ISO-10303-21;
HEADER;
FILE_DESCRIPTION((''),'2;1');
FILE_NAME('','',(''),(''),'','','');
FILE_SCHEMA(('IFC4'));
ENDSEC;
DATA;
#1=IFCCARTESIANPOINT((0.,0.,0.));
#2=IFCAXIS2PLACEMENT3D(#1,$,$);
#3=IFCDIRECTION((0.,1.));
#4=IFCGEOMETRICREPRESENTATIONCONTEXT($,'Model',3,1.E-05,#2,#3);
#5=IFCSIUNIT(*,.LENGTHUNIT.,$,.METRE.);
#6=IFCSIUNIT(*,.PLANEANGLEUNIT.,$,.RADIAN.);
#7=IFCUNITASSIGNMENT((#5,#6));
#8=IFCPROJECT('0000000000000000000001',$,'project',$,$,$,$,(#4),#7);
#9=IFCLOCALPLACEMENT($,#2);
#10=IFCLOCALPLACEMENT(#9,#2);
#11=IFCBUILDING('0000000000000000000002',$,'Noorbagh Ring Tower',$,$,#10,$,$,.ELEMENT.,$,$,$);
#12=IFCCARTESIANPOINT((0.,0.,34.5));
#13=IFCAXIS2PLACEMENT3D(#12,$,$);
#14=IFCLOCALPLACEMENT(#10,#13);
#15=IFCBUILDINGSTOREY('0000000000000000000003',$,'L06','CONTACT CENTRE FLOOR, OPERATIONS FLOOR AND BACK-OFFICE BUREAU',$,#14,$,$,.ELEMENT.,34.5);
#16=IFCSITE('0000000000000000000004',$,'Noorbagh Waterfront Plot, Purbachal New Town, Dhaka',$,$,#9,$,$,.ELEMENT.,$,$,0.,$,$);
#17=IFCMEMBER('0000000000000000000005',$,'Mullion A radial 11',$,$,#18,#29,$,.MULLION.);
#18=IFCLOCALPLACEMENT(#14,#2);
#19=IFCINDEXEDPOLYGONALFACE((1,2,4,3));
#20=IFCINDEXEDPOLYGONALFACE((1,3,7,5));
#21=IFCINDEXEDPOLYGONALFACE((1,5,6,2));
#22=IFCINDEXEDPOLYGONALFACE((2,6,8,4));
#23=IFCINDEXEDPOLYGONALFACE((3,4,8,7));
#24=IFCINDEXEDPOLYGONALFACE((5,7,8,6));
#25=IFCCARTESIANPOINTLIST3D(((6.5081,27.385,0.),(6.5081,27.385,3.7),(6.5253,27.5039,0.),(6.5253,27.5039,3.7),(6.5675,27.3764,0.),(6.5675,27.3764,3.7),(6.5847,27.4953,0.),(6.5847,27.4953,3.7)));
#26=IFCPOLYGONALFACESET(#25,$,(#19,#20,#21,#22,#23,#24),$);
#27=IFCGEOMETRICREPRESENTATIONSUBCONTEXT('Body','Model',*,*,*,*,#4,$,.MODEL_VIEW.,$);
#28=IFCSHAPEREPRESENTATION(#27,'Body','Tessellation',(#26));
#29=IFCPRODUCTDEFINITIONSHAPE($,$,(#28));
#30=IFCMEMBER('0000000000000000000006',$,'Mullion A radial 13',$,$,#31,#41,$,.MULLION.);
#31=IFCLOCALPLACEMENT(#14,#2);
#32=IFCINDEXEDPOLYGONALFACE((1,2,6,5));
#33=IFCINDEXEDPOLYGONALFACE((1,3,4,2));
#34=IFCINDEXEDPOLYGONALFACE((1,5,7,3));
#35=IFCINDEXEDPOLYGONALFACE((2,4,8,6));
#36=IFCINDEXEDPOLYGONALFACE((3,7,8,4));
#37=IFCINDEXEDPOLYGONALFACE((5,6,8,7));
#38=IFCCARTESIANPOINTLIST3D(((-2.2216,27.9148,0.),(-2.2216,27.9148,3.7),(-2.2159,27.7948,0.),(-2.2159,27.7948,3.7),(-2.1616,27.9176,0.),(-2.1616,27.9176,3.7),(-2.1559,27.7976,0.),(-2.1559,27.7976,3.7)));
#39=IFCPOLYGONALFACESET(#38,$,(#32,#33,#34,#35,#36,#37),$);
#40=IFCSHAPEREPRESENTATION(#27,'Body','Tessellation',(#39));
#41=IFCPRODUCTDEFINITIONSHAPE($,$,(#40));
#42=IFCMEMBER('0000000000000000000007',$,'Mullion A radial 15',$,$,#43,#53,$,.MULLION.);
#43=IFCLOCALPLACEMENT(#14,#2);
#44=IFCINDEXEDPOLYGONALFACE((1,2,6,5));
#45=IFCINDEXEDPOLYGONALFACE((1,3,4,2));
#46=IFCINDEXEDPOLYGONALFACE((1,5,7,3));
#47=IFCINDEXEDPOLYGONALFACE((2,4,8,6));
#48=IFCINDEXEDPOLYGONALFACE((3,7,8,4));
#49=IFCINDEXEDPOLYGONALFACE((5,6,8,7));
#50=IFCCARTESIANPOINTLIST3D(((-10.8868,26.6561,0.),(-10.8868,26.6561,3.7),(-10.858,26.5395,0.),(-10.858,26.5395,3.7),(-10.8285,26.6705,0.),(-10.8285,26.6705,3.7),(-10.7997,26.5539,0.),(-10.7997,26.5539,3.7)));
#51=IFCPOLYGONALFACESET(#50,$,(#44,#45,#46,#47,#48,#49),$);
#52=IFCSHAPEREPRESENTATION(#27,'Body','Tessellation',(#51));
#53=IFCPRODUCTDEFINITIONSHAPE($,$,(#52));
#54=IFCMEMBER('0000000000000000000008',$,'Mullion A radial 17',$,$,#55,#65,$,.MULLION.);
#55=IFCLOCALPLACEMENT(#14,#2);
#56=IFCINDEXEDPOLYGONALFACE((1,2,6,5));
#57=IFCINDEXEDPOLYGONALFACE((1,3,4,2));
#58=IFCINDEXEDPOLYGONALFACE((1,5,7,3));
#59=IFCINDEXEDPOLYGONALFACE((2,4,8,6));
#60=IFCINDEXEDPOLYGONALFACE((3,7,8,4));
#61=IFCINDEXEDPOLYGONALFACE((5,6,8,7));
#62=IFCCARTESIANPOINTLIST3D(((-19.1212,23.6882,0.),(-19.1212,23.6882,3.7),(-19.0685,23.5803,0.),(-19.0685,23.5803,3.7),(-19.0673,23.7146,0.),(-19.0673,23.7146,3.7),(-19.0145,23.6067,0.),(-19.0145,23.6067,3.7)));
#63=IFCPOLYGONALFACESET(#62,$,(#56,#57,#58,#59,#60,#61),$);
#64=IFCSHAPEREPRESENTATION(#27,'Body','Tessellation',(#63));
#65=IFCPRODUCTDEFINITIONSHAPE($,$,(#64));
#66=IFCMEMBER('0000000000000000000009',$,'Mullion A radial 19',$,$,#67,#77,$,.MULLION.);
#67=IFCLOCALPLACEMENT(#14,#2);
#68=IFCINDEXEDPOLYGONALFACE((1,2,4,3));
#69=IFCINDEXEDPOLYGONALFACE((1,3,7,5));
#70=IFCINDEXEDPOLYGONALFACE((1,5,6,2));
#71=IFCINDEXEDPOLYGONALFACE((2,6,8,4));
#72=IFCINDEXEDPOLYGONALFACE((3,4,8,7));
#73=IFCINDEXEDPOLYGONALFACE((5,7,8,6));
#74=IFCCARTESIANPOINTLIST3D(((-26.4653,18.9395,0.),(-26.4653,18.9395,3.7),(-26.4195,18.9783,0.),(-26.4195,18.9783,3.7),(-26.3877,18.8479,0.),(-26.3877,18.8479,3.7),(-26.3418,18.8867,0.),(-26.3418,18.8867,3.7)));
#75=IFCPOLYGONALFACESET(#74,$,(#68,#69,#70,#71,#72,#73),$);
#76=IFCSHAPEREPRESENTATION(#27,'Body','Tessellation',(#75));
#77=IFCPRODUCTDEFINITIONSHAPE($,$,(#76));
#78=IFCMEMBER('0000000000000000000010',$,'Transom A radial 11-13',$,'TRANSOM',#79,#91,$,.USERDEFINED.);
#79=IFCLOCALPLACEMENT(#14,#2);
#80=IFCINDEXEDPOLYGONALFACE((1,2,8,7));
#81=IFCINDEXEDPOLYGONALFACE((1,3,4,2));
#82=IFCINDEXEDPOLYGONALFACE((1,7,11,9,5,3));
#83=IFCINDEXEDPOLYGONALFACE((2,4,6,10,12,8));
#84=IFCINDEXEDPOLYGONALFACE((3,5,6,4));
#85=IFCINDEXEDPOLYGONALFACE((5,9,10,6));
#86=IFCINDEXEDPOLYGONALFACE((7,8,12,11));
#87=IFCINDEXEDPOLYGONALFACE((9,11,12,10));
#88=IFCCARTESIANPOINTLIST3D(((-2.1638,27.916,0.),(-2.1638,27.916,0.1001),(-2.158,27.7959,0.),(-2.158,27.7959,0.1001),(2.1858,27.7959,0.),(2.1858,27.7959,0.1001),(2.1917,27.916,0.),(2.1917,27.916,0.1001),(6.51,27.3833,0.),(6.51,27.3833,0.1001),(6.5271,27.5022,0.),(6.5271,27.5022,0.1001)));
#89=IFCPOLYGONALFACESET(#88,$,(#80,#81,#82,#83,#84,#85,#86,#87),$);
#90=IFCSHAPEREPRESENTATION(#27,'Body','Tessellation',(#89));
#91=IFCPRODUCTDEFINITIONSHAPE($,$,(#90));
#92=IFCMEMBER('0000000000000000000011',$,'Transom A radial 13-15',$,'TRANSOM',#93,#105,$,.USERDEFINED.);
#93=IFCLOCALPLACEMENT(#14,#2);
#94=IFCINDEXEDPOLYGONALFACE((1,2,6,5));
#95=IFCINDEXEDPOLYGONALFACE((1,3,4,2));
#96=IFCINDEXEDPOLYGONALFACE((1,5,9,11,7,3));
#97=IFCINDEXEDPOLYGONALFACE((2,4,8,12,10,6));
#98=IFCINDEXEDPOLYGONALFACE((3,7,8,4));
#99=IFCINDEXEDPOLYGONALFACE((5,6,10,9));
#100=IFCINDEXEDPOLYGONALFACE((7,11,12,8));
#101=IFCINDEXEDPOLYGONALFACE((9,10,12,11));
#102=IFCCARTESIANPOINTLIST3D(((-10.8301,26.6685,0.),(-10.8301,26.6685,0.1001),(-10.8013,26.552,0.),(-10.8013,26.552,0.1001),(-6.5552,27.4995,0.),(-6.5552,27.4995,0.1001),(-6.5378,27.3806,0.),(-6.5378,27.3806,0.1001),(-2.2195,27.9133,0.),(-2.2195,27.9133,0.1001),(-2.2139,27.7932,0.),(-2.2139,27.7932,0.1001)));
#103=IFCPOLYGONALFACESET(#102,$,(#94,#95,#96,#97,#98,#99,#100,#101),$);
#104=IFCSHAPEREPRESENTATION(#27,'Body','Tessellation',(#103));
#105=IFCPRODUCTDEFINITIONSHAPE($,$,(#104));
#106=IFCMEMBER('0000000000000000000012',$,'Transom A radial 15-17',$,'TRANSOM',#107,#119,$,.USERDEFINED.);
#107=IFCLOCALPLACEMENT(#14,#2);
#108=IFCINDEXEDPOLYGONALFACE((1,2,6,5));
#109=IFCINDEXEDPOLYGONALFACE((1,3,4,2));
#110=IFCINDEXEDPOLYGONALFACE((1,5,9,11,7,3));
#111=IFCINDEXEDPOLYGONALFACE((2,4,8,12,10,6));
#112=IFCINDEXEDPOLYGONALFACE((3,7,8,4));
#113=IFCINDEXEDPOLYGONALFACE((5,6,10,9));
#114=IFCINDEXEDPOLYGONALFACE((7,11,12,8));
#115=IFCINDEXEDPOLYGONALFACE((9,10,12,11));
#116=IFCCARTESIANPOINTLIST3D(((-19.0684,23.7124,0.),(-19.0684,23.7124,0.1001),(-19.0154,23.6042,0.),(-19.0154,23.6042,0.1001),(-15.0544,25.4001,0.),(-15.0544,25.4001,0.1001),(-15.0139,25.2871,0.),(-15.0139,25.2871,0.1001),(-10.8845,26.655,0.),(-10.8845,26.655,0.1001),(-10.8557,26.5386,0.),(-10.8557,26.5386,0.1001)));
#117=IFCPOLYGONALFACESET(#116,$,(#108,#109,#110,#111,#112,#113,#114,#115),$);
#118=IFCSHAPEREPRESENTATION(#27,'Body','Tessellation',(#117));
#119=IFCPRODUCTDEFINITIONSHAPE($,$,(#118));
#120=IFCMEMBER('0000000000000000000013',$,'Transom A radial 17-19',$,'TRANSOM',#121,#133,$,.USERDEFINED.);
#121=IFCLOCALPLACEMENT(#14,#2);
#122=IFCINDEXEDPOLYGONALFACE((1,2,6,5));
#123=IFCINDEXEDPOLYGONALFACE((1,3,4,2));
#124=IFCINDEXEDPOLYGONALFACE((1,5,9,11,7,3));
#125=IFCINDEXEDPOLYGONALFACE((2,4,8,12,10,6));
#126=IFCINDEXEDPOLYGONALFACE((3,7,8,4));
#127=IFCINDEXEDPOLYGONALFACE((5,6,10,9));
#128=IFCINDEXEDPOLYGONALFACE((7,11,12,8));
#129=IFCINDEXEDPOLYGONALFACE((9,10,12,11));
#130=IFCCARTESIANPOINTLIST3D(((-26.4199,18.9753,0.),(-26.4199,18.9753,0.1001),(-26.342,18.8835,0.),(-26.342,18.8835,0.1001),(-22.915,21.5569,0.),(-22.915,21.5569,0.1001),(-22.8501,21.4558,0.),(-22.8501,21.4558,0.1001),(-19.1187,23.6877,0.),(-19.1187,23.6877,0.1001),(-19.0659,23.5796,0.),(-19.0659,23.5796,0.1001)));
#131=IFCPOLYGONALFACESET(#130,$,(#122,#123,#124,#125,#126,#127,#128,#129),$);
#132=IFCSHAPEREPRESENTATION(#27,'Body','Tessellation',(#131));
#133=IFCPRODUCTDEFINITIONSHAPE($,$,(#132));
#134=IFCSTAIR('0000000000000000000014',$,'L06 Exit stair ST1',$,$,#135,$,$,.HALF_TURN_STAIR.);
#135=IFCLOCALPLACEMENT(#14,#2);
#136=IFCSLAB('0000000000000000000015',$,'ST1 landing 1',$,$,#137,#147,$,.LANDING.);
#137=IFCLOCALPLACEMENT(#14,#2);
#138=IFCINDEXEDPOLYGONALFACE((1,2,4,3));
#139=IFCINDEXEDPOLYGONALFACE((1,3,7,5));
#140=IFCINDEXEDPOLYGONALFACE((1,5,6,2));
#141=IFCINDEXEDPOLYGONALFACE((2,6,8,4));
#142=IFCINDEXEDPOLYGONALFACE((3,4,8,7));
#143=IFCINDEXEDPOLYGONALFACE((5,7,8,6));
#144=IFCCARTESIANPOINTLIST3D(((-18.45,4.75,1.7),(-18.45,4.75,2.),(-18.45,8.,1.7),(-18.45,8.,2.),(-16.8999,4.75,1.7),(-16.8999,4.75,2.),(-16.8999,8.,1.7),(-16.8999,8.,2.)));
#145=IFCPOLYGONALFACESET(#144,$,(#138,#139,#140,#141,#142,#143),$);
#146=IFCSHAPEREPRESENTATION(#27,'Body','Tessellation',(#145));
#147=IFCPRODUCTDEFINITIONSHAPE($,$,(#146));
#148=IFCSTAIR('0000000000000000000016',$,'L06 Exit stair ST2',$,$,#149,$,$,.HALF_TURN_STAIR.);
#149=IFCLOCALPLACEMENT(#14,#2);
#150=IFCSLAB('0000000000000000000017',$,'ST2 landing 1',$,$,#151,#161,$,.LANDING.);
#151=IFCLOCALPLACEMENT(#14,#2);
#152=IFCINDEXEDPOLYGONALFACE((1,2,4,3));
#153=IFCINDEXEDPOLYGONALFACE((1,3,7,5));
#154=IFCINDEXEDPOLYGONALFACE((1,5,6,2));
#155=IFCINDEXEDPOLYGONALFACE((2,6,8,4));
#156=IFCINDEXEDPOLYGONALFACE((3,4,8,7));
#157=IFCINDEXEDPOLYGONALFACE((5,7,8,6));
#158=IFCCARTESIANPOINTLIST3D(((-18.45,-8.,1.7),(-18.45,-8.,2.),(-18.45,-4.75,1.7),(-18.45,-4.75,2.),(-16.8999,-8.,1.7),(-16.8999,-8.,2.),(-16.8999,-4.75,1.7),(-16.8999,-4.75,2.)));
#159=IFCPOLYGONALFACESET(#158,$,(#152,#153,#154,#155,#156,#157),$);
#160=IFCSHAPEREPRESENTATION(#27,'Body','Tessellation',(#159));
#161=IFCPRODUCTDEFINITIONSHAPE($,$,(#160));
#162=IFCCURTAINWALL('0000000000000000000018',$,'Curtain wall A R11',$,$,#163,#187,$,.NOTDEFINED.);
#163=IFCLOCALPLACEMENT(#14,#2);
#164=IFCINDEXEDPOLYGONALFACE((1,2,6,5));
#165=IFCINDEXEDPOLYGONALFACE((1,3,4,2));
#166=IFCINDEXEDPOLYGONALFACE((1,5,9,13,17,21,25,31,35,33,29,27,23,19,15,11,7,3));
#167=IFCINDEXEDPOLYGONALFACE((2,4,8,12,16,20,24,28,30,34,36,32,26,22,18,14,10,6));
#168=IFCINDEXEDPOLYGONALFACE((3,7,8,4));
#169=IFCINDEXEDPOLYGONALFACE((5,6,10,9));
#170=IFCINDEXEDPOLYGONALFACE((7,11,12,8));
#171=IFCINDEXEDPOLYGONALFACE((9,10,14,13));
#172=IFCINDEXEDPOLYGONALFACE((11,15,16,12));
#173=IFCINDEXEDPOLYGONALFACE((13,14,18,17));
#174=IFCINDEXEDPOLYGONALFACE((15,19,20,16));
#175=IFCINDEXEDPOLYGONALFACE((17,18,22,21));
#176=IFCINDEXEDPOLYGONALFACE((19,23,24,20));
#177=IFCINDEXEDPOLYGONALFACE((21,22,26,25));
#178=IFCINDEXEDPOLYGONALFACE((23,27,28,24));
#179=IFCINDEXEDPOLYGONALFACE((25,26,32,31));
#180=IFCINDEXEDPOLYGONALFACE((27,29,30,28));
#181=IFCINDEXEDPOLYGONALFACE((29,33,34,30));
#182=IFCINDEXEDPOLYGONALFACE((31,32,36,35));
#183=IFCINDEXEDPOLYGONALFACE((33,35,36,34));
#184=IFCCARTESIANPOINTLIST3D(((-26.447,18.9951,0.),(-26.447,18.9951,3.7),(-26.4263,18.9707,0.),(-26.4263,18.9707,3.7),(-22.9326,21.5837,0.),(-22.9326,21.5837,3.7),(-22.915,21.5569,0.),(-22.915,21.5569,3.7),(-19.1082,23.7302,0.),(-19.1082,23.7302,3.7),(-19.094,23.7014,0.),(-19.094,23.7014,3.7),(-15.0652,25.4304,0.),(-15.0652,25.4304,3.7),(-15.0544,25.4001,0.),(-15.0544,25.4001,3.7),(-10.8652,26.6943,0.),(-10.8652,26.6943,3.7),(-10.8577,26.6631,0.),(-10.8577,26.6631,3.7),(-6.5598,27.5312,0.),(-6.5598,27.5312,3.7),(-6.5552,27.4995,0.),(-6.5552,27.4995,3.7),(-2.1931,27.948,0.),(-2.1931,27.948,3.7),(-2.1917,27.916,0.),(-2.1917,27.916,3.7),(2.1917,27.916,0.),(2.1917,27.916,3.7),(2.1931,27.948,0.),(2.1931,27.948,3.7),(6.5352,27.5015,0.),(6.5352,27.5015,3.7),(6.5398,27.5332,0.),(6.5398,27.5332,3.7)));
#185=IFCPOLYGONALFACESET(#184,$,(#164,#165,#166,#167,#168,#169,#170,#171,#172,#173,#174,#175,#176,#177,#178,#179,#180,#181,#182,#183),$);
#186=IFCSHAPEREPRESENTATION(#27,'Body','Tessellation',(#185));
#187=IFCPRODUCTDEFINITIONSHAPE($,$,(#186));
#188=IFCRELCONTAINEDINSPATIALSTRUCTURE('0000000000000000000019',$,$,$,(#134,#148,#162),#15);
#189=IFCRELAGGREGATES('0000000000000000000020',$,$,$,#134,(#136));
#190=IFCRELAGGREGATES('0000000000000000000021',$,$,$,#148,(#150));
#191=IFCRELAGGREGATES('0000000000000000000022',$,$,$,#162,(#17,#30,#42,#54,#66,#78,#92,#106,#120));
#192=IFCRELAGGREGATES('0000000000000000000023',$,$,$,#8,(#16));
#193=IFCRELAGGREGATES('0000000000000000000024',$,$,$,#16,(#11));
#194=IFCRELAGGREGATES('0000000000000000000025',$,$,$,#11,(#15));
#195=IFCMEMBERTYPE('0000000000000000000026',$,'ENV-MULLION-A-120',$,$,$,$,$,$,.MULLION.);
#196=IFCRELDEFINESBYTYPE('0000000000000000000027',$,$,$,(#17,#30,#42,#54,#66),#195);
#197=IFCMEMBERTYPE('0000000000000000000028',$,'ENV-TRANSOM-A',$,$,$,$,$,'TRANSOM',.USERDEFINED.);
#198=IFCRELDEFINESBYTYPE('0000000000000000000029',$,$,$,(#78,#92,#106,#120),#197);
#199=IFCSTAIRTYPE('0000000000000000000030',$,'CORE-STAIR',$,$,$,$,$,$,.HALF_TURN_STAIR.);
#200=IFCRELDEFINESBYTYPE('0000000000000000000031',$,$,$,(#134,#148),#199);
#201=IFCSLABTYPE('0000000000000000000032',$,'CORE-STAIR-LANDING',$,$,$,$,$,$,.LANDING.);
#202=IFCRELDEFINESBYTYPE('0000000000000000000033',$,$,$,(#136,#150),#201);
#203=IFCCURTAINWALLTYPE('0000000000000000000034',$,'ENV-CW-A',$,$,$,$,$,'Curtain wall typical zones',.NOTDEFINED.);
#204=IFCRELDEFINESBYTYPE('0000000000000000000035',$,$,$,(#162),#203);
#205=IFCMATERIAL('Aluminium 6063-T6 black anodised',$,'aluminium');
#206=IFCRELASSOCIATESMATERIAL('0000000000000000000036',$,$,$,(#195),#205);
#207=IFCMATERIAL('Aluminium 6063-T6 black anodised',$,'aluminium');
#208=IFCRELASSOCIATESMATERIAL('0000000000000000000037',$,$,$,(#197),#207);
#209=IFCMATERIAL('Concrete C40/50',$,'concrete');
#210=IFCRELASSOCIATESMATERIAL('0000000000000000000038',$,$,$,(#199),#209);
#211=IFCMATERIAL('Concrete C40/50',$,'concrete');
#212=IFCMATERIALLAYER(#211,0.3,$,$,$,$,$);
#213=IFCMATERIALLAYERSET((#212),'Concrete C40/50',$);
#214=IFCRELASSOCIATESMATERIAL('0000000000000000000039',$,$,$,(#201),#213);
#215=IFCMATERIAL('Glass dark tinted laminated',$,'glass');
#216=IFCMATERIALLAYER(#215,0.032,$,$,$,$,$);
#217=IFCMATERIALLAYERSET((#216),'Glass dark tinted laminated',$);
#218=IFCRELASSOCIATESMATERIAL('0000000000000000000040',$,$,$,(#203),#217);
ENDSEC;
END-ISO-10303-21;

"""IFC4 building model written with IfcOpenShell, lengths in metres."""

from ifc_helpers import new_model, si_unit, direction, frame, origin, origin_2d, place, context, subcontext, project, spatial, polyline, rectangle, outline, extrude, material, layer, layer_set, material_profile, profile_set, type_object, element, aggregate, save


model = new_model("IFC4")

# Units and contexts
model_context = context("Model", 3, precision=1e-05, world=origin(), true_north=direction((0.0, 1.0)))
body_context = subcontext(model_context, "Body", "Model", "MODEL_VIEW")
ifc_project = project(units=[si_unit("LENGTHUNIT", "METRE"), si_unit("PLANEANGLEUNIT", "RADIAN")], contexts=[model_context])

# Members
ifc_material_1 = material(Name="Aluminium 6063-T6 black anodised", Category="aluminium")
ifc_material_profile = material_profile(ifc_material_1, rectangle(XDim=0.1201, YDim=0.0601, at=origin_2d()), Name="120x60")
ifc_profile_set = profile_set([ifc_material_profile], Name="Aluminium 6063-T6 black anodised")
member_type_1 = type_object("IfcMemberType", Name="ENV-MULLION-A-120", PredefinedType="MULLION", material=ifc_profile_set)
site_placement = place(None, origin())
building_placement = place(site_placement, origin())
storey_placement = place(building_placement, frame((0.0, 0.0, 34.5)))
member_1_placement = place(storey_placement, frame((6.5464, 27.4402, 0.0), z_axis=(0.0, 0.0, 1.0), x_axis=(-0.143082, -0.989711, 0.0)))
member_1 = element("IfcMember", 1, at=member_1_placement, type_object=member_type_1, Name="Mullion A radial 11", PredefinedType="MULLION", context=body_context, shape_type="SweptSolid", body=[
    extrude(rectangle(XDim=0.1201, YDim=0.0601, at=origin_2d()), origin(), (0.0, 0.0, 1.0), 3.7),
])
member_2_placement = place(storey_placement, frame((-2.1887, 27.8562, 0.0), z_axis=(0.0, 0.0, 1.0), x_axis=(0.047558, -0.998868, 0.0)))
member_2 = element("IfcMember", 2, at=member_2_placement, type_object=member_type_1, Name="Mullion A radial 13", PredefinedType="MULLION", context=body_context, shape_type="SweptSolid", body=[
    extrude(rectangle(XDim=0.1201, YDim=0.0601, at=origin_2d()), origin(), (0.0, 0.0, 1.0), 3.7),
])
member_3_placement = place(storey_placement, frame((-10.8433, 26.605, 0.0), z_axis=(0.0, 0.0, 1.0), x_axis=(0.239799, -0.970823, 0.0)))
member_3 = element("IfcMember", 3, at=member_3_placement, type_object=member_type_1, Name="Mullion A radial 15", PredefinedType="MULLION", context=body_context, shape_type="SweptSolid", body=[
    extrude(rectangle(XDim=0.1201, YDim=0.0601, at=origin_2d()), origin(), (0.0, 0.0, 1.0), 3.7),
])
member_4_placement = place(storey_placement, frame((-19.0679, 23.6475, 0.0), z_axis=(0.0, 0.0, 1.0), x_axis=(0.439238, -0.898371, 0.0)))
member_4 = element("IfcMember", 4, at=member_4_placement, type_object=member_type_1, Name="Mullion A radial 17", PredefinedType="MULLION", context=body_context, shape_type="SweptSolid", body=[
    extrude(rectangle(XDim=0.1201, YDim=0.0601, at=origin_2d()), origin(), (0.0, 0.0, 1.0), 3.7),
])
member_5_placement = place(storey_placement, frame((-26.4036, 18.9131, 0.0), z_axis=(0.0, 0.0, 1.0), x_axis=(0.646451, -0.762955, 0.0)))
member_5 = element("IfcMember", 5, at=member_5_placement, type_object=member_type_1, Name="Mullion A radial 19", PredefinedType="MULLION", context=body_context, shape_type="SweptSolid", body=[
    extrude(rectangle(XDim=0.1201, YDim=0.0601, at=origin_2d()), origin(), (0.0, 0.0, 1.0), 3.7),
])
ifc_material_2 = material(Name="Aluminium 6063-T6 black anodised", Category="aluminium")
member_type_2 = type_object("IfcMemberType", Name="ENV-TRANSOM-A", ElementType="TRANSOM", PredefinedType="USERDEFINED", material=ifc_material_2)
member_6_placement = place(storey_placement, origin())
member_6 = element("IfcMember", 6, at=member_6_placement, type_object=member_type_2, Name="Transom A radial 11-13", ObjectType="TRANSOM", PredefinedType="USERDEFINED", context=body_context, shape_type="SweptSolid", body=[
    extrude(outline(polyline([(6.5271, 27.5022), (2.1917, 27.916), (-2.1638, 27.916), (-2.158, 27.7959), (2.1858, 27.7959), (6.51, 27.3833), (6.5271, 27.5022)])), origin(), (0.0, 0.0, 1.0), 0.1001),
])
member_7_placement = place(storey_placement, origin())
member_7 = element("IfcMember", 7, at=member_7_placement, type_object=member_type_2, Name="Transom A radial 13-15", ObjectType="TRANSOM", PredefinedType="USERDEFINED", context=body_context, shape_type="SweptSolid", body=[
    extrude(outline(polyline([(-2.2195, 27.9133), (-6.5552, 27.4995), (-10.8301, 26.6685), (-10.8013, 26.552), (-6.5378, 27.3806), (-2.2139, 27.7932), (-2.2195, 27.9133)])), origin(), (0.0, 0.0, 1.0), 0.1001),
])
member_8_placement = place(storey_placement, origin())
member_8 = element("IfcMember", 8, at=member_8_placement, type_object=member_type_2, Name="Transom A radial 15-17", ObjectType="TRANSOM", PredefinedType="USERDEFINED", context=body_context, shape_type="SweptSolid", body=[
    extrude(outline(polyline([(-10.8845, 26.655), (-15.0544, 25.4001), (-19.0684, 23.7124), (-19.0154, 23.6042), (-15.0139, 25.2871), (-10.8557, 26.5386), (-10.8845, 26.655)])), origin(), (0.0, 0.0, 1.0), 0.1001),
])
member_9_placement = place(storey_placement, origin())
member_9 = element("IfcMember", 9, at=member_9_placement, type_object=member_type_2, Name="Transom A radial 17-19", ObjectType="TRANSOM", PredefinedType="USERDEFINED", context=body_context, shape_type="SweptSolid", body=[
    extrude(outline(polyline([(-19.1187, 23.6877), (-22.915, 21.5569), (-26.4199, 18.9753), (-26.342, 18.8835), (-22.8501, 21.4558), (-19.0659, 23.5796), (-19.1187, 23.6877)])), origin(), (0.0, 0.0, 1.0), 0.1001),
])

# Site, building, storey
site = spatial("IfcSite", under=ifc_project, at=site_placement, Name="Noorbagh Waterfront Plot, Purbachal New Town, Dhaka", CompositionType="ELEMENT", RefElevation=0.0)
building = spatial("IfcBuilding", under=site, at=building_placement, Name="Noorbagh Ring Tower", CompositionType="ELEMENT")
storey = spatial("IfcBuildingStorey", under=building, at=storey_placement, Name="L06", Description="CONTACT CENTRE FLOOR, OPERATIONS FLOOR AND BACK-OFFICE BUREAU", CompositionType="ELEMENT", Elevation=34.5)

# Stairs, slabs
ifc_material_3 = material(Name="Concrete C40/50", Category="concrete")
stair_type = type_object("IfcStairType", Name="CORE-STAIR", PredefinedType="HALF_TURN_STAIR", material=ifc_material_3)
stair_1_placement = place(storey_placement, origin())
stair_1 = element("IfcStair", 10, at=stair_1_placement, inside=storey, type_object=stair_type, Name="L06 Exit stair ST1", PredefinedType="HALF_TURN_STAIR")
ifc_material_4 = material(Name="Concrete C40/50", Category="concrete")
ifc_layer_1 = layer(ifc_material_4, 0.3)
ifc_layer_set_1 = layer_set([ifc_layer_1], Name="Concrete C40/50")
slab_type = type_object("IfcSlabType", Name="CORE-STAIR-LANDING", PredefinedType="LANDING", material=ifc_layer_set_1)
slab_1_placement = place(storey_placement, frame((0.0, 0.0, 1.7)))
slab_1 = element("IfcSlab", 11, at=slab_1_placement, type_object=slab_type, Name="ST1 landing 1", PredefinedType="LANDING", context=body_context, shape_type="SweptSolid", body=[
    extrude(outline(polyline([(-18.45, 4.75), (-16.8999, 4.75), (-16.8999, 8.0), (-18.45, 8.0), (-18.45, 4.75)])), origin(), (0.0, 0.0, 1.0), 0.3),
])
aggregate(stair_1, [slab_1])
stair_2_placement = place(storey_placement, origin())
stair_2 = element("IfcStair", 12, at=stair_2_placement, inside=storey, type_object=stair_type, Name="L06 Exit stair ST2", PredefinedType="HALF_TURN_STAIR")
slab_2_placement = place(storey_placement, frame((0.0, 0.0, 1.7)))
slab_2 = element("IfcSlab", 13, at=slab_2_placement, type_object=slab_type, Name="ST2 landing 1", PredefinedType="LANDING", context=body_context, shape_type="SweptSolid", body=[
    extrude(outline(polyline([(-18.45, -8.0), (-16.8999, -8.0), (-16.8999, -4.75), (-18.45, -4.75), (-18.45, -8.0)])), origin(), (0.0, 0.0, 1.0), 0.3),
])
aggregate(stair_2, [slab_2])

# Curtain wall
ifc_material_5 = material(Name="Glass dark tinted laminated", Category="glass")
ifc_layer_2 = layer(ifc_material_5, 0.032)
ifc_layer_set_2 = layer_set([ifc_layer_2], Name="Glass dark tinted laminated")
curtain_wall_type = type_object("IfcCurtainWallType", Name="ENV-CW-A", ElementType="Curtain wall typical zones", PredefinedType="NOTDEFINED", material=ifc_layer_set_2)
curtain_wall_placement = place(storey_placement, origin())
curtain_wall = element("IfcCurtainWall", 14, at=curtain_wall_placement, inside=storey, type_object=curtain_wall_type, Name="Curtain wall A R11", PredefinedType="NOTDEFINED", context=body_context, shape_type="SweptSolid", body=[
    extrude(outline(polyline([(6.5398, 27.5332), (2.1931, 27.948), (-2.1931, 27.948), (-6.5598, 27.5312), (-10.8652, 26.6943), (-15.0652, 25.4304), (-19.1082, 23.7302), (-22.9326, 21.5837), (-26.447, 18.9951), (-26.4263, 18.9707), (-22.915, 21.5569), (-19.094, 23.7014), (-15.0544, 25.4001), (-10.8577, 26.6631), (-6.5552, 27.4995), (-2.1917, 27.916), (2.1917, 27.916), (6.5352, 27.5015), (6.5398, 27.5332)])), origin(), (0.0, 0.0, 1.0), 3.7),
])
aggregate(curtain_wall, [member_1, member_2, member_3, member_4, member_5, member_6, member_7, member_8, member_9])

save(model, "model.ifc")
